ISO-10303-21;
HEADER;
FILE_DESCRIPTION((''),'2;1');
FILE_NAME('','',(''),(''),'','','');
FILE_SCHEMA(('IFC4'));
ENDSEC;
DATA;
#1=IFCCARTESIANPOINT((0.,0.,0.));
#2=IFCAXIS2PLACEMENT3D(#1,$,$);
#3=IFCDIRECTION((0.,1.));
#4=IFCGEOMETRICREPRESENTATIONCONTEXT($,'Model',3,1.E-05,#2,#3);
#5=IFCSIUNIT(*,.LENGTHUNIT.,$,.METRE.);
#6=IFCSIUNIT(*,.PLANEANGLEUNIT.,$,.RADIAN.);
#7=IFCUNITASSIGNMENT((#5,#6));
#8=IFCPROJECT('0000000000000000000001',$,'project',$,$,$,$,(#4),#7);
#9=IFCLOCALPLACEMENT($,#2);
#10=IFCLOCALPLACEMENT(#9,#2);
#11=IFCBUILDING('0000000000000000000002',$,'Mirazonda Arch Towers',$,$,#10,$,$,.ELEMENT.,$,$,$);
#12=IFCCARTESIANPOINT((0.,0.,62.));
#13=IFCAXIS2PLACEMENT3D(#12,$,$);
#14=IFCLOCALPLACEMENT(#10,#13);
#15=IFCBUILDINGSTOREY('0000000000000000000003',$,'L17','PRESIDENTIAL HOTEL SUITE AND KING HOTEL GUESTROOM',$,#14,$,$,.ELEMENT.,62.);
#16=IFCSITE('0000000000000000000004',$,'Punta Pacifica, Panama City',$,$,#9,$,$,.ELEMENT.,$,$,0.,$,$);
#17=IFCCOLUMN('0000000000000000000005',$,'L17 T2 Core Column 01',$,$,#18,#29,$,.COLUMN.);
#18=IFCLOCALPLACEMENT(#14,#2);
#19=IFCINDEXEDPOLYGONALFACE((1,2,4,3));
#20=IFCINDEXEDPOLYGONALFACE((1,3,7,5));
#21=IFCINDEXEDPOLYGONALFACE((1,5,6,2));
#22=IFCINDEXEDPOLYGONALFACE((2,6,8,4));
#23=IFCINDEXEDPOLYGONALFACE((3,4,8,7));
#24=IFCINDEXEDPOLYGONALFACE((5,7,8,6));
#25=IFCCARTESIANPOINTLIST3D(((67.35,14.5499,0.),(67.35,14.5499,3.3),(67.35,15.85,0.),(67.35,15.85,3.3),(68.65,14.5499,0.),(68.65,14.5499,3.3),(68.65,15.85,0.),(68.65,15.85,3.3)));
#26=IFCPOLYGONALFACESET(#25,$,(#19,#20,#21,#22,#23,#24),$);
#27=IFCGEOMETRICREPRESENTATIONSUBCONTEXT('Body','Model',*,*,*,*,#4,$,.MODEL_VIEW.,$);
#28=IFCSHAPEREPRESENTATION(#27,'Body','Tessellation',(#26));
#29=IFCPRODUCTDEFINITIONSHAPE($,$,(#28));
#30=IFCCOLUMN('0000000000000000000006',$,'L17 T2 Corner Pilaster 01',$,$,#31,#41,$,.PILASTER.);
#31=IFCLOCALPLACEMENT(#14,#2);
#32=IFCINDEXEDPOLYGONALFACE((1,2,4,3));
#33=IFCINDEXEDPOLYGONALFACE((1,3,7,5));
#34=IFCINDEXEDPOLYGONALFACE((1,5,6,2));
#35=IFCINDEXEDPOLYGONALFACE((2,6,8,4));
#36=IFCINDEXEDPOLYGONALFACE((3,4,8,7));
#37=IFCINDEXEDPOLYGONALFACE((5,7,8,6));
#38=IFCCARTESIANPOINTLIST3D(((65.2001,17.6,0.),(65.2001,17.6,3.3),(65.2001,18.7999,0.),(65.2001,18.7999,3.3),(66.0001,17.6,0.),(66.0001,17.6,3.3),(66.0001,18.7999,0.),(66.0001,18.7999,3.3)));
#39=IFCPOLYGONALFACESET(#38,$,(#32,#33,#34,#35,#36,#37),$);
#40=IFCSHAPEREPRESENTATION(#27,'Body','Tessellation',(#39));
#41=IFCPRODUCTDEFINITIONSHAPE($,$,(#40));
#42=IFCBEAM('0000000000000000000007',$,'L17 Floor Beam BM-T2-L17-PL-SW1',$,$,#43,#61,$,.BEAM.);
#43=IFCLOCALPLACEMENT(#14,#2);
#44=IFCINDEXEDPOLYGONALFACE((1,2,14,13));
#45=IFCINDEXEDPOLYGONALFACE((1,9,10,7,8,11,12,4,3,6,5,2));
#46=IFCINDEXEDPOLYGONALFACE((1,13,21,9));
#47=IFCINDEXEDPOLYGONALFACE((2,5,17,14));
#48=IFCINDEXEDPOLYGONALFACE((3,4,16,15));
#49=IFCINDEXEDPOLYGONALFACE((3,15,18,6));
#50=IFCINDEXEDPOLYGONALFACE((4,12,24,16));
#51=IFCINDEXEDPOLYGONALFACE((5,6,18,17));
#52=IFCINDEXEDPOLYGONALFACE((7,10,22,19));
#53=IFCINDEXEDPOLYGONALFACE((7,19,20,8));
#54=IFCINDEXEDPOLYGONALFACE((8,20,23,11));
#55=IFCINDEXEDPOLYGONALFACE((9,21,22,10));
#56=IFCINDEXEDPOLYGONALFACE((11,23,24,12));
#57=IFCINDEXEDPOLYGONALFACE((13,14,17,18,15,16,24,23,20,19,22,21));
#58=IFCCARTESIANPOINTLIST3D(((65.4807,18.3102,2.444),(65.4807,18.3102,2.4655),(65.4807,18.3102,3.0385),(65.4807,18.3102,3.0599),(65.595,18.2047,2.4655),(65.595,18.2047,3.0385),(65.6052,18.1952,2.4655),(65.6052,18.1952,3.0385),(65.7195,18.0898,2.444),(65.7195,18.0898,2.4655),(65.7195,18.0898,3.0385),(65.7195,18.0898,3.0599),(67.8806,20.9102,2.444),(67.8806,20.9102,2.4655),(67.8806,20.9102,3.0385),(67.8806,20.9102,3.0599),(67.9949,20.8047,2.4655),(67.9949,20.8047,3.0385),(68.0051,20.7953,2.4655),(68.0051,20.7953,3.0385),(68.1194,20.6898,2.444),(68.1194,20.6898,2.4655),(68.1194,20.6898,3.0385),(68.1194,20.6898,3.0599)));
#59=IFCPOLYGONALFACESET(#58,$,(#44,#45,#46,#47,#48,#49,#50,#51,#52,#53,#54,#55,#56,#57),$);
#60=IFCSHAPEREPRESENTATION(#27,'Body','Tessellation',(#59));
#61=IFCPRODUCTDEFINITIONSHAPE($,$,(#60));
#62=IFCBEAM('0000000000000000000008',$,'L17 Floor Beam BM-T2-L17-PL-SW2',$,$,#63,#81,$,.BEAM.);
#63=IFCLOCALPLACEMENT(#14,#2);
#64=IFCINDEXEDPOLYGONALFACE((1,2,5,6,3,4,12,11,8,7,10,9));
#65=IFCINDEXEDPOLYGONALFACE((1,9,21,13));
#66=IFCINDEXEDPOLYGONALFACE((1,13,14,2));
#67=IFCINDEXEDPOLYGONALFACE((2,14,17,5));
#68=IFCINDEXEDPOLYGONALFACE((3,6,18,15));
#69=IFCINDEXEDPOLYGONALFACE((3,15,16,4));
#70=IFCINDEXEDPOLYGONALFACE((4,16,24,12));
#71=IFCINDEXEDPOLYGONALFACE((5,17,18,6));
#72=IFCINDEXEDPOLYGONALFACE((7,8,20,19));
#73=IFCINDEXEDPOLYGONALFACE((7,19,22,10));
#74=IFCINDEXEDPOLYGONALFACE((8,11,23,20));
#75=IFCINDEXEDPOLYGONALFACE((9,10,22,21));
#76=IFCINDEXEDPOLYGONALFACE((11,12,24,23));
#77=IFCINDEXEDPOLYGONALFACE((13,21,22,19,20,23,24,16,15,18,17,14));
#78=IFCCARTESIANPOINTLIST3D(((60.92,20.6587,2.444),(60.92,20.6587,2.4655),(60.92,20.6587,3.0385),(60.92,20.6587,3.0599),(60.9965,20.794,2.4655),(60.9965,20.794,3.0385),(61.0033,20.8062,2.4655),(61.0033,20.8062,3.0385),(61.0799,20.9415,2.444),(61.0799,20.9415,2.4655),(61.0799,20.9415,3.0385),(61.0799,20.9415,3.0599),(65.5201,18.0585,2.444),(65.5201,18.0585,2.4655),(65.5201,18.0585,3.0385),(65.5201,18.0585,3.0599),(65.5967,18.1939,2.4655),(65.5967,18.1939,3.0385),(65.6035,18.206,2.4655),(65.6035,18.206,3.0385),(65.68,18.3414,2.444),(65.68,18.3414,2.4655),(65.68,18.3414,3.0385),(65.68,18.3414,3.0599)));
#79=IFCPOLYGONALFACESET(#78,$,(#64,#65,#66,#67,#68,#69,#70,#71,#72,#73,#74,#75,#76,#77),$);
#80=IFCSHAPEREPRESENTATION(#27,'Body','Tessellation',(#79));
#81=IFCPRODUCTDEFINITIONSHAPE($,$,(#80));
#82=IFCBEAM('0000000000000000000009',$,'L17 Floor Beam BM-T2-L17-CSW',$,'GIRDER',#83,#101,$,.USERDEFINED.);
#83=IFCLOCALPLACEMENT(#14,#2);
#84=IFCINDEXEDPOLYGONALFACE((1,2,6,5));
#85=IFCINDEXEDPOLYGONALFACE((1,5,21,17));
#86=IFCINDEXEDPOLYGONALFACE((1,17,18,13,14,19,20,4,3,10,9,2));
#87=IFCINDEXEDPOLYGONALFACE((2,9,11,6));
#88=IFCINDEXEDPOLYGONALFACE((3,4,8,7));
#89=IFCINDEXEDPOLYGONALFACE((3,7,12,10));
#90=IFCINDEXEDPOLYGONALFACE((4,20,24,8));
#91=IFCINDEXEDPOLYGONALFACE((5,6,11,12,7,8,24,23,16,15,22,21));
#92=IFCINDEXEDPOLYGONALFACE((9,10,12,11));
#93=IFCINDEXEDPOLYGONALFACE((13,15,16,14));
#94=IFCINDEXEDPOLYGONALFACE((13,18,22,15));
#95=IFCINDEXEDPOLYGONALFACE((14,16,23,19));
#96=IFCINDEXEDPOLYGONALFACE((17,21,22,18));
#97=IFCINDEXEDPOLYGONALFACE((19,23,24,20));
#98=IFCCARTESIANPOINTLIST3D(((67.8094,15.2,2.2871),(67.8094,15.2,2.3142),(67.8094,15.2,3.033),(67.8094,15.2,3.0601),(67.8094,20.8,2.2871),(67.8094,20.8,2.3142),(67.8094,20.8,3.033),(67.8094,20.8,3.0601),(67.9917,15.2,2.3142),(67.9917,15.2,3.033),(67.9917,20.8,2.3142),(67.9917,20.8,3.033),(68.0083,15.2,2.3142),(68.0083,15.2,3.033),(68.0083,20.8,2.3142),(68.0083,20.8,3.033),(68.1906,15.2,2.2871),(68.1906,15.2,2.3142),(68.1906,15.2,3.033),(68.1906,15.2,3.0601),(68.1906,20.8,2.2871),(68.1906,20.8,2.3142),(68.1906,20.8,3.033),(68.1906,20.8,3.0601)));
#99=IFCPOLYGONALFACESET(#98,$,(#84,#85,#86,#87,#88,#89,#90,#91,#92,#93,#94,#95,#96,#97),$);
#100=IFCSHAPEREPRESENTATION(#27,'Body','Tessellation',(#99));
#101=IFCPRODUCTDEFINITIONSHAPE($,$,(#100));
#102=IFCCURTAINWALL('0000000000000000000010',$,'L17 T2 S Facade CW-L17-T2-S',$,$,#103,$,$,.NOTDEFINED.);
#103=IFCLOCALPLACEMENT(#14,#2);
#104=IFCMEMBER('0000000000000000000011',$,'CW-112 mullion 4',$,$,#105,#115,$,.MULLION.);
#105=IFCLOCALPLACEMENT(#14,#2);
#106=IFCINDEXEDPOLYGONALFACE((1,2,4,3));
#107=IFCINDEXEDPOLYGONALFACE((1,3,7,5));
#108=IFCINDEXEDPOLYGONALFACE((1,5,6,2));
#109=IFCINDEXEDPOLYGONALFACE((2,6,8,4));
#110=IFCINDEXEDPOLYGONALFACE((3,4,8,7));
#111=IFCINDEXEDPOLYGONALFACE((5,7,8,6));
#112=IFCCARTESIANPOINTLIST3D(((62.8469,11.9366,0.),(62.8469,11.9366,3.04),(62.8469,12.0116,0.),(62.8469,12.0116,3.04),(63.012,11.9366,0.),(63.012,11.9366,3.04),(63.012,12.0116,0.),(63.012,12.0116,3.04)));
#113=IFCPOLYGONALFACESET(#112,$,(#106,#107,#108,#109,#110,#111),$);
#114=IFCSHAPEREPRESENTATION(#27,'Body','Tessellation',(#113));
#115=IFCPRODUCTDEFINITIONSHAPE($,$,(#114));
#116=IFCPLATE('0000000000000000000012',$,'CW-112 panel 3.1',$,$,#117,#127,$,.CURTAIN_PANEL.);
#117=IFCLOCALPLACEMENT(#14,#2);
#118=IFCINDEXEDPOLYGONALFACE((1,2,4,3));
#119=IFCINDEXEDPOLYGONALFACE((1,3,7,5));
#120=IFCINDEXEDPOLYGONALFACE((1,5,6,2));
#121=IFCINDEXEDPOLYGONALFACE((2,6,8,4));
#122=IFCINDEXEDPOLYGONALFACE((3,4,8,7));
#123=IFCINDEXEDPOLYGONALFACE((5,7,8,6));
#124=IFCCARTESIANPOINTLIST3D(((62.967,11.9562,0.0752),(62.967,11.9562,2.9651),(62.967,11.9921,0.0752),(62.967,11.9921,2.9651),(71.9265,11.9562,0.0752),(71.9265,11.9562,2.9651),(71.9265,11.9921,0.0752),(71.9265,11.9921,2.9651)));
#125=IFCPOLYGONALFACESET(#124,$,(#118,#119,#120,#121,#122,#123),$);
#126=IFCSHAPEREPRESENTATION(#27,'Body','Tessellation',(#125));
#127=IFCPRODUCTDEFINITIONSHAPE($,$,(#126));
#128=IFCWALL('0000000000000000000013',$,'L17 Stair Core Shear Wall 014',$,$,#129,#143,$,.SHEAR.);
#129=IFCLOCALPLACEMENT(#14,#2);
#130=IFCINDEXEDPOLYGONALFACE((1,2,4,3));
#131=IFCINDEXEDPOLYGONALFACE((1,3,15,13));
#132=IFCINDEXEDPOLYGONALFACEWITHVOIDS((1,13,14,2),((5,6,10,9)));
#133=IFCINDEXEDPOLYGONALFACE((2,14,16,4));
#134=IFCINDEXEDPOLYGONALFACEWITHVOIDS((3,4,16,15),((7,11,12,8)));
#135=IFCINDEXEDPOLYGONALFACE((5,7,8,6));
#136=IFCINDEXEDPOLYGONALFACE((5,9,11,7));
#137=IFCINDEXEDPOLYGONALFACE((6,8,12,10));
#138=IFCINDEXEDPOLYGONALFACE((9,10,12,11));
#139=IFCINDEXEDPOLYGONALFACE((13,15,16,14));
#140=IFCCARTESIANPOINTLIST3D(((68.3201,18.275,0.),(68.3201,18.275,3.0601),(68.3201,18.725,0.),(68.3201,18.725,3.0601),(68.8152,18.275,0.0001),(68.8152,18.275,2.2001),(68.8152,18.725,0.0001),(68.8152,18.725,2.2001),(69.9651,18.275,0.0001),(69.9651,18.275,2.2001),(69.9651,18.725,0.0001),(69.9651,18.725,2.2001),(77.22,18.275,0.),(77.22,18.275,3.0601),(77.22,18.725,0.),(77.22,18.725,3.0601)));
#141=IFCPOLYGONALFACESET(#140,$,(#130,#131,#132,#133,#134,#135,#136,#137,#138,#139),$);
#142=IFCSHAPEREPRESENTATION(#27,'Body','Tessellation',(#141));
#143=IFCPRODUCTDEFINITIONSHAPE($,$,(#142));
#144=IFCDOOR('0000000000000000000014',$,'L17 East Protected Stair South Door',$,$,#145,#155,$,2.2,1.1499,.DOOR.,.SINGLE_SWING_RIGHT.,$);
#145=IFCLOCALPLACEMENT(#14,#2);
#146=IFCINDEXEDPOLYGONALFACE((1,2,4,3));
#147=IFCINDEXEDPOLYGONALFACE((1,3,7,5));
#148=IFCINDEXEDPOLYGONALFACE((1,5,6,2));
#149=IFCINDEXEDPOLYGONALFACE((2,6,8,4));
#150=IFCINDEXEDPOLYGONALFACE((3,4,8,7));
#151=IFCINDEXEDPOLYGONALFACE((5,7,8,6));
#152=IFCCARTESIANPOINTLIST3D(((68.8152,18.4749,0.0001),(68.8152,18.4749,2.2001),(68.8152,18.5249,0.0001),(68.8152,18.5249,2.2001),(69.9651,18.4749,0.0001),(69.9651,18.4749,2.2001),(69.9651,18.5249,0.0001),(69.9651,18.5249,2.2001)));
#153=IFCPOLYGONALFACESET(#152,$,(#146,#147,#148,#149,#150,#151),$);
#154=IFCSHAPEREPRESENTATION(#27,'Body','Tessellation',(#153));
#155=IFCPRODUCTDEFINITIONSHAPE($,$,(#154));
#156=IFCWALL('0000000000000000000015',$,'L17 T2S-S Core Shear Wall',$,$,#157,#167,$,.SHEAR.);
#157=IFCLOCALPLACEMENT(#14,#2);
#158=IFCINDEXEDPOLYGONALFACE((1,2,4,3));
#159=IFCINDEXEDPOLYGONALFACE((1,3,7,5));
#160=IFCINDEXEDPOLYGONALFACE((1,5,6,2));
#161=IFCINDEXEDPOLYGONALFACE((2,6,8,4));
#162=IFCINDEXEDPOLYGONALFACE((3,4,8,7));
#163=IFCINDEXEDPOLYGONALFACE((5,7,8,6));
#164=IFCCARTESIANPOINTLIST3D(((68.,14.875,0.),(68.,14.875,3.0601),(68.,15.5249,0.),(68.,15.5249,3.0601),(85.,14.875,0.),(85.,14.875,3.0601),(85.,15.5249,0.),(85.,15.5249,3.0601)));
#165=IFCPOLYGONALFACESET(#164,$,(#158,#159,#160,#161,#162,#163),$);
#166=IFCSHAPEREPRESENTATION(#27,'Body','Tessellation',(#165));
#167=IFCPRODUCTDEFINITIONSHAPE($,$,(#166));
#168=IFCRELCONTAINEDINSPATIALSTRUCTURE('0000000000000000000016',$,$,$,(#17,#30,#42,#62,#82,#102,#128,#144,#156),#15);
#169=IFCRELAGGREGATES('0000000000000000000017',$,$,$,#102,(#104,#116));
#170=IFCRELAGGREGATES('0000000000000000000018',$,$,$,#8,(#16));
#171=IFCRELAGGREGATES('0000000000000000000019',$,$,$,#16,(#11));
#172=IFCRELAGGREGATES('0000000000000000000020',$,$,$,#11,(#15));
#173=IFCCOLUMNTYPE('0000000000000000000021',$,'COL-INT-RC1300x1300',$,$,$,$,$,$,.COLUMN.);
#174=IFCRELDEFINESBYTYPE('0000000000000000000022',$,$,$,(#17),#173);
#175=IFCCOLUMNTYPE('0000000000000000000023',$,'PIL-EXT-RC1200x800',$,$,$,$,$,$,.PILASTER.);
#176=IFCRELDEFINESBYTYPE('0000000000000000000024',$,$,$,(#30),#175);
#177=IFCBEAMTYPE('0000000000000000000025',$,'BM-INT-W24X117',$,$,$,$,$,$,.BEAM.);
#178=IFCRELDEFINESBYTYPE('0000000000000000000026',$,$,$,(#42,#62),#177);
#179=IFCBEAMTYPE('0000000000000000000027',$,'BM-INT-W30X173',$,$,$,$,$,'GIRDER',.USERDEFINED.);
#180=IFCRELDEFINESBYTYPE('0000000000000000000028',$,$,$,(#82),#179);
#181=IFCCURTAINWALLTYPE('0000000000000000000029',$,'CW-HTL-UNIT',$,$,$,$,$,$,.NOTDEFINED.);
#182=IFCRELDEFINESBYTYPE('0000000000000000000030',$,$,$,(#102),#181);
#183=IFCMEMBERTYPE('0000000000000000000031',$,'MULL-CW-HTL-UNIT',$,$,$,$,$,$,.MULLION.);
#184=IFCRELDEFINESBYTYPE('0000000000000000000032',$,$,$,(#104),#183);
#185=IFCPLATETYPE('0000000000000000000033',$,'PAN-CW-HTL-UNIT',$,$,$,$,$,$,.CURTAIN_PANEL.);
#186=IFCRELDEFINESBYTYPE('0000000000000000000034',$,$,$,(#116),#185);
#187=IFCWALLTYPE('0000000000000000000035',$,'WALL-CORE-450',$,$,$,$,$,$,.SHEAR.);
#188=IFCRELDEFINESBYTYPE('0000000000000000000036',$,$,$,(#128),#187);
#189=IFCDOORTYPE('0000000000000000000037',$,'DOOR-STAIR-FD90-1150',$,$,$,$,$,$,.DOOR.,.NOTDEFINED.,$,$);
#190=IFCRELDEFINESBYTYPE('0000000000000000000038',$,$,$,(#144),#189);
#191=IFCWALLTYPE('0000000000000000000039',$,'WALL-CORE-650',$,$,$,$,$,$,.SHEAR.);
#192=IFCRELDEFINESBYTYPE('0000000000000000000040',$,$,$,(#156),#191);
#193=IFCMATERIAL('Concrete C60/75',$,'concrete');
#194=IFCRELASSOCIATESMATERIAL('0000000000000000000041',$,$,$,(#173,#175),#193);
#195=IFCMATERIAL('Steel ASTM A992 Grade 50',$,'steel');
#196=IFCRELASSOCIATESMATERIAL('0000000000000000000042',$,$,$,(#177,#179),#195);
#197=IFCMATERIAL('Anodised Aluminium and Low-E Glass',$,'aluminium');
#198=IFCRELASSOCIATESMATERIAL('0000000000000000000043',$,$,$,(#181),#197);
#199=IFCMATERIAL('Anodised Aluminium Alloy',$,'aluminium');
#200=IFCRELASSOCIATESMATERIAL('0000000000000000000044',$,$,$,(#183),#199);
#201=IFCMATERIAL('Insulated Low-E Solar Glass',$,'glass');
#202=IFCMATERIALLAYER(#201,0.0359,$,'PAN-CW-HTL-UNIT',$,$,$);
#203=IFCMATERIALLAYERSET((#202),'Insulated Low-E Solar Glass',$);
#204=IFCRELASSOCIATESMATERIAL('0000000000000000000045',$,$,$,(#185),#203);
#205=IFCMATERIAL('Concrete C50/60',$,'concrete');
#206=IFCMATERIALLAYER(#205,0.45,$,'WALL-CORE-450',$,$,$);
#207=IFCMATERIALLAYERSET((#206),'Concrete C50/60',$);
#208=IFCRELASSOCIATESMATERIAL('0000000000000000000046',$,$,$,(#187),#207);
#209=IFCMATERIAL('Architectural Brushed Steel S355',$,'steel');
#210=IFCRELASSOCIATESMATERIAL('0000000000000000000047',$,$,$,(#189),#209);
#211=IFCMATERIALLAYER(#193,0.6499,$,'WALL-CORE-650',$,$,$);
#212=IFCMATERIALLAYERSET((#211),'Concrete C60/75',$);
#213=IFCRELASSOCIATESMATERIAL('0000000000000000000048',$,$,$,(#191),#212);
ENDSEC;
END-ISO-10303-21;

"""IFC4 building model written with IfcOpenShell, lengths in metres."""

from ifc_helpers import new_model, si_unit, direction, frame, frame_2d, origin, origin_2d, place, context, subcontext, project, spatial, rectangle, i_section, extrude, material, layer, layer_set, material_profile, profile_set, type_object, element, fill, aggregate, save


model = new_model("IFC4")

# Units and contexts
model_context = context("Model", 3, precision=1e-05, world=origin(), true_north=direction((0.0, 1.0)))
body_context = subcontext(model_context, "Body", "Model", "MODEL_VIEW")
ifc_project = project(units=[si_unit("LENGTHUNIT", "METRE"), si_unit("PLANEANGLEUNIT", "RADIAN")], contexts=[model_context])

# Site, building, storey
site_placement = place(None, origin())
site = spatial("IfcSite", under=ifc_project, at=site_placement, Name="Punta Pacifica, Panama City", CompositionType="ELEMENT", RefElevation=0.0)
building_placement = place(site_placement, origin())
building = spatial("IfcBuilding", under=site, at=building_placement, Name="Mirazonda Arch Towers", CompositionType="ELEMENT")
storey_placement = place(building_placement, frame((0.0, 0.0, 62.0)))
storey = spatial("IfcBuildingStorey", under=building, at=storey_placement, Name="L17", Description="PRESIDENTIAL HOTEL SUITE AND KING HOTEL GUESTROOM", CompositionType="ELEMENT", Elevation=62.0)

# Columns
ifc_material_1 = material(Name="Concrete C60/75", Category="concrete")
ifc_material_profile_1 = material_profile(ifc_material_1, rectangle(XDim=1.3, YDim=1.3, at=origin_2d()), Name="RC1300x1300")
ifc_profile_set_1 = profile_set([ifc_material_profile_1], Name="Concrete C60/75")
column_type_1 = type_object("IfcColumnType", Name="COL-INT-RC1300x1300", PredefinedType="COLUMN", material=ifc_profile_set_1)
column_1_placement = place(storey_placement, frame((68.0, 15.2, 0.0), z_axis=(0.0, 0.0, 1.0), x_axis=(1.0, 0.0, 0.0)))
element("IfcColumn", 1, at=column_1_placement, inside=storey, type_object=column_type_1, Name="L17 T2 Core Column 01", PredefinedType="COLUMN", context=body_context, shape_type="SweptSolid", body=[
    extrude(rectangle(XDim=1.3, YDim=1.3, at=origin_2d()), origin(), (0.0, 0.0, 1.0), 3.3),
])
ifc_material_profile_2 = material_profile(ifc_material_1, rectangle(XDim=0.8, YDim=1.2, at=origin_2d()), Name="RC1200x800")
ifc_profile_set_2 = profile_set([ifc_material_profile_2], Name="Concrete C60/75")
column_type_2 = type_object("IfcColumnType", Name="PIL-EXT-RC1200x800", PredefinedType="PILASTER", material=ifc_profile_set_2)
column_2_placement = place(storey_placement, frame((65.6001, 18.2, 0.0), z_axis=(0.0, 0.0, 1.0), x_axis=(1.0, 0.0, 0.0)))
element("IfcColumn", 2, at=column_2_placement, inside=storey, type_object=column_type_2, Name="L17 T2 Corner Pilaster 01", PredefinedType="PILASTER", context=body_context, shape_type="SweptSolid", body=[
    extrude(rectangle(XDim=0.8, YDim=1.2, at=origin_2d()), origin(), (0.0, 0.0, 1.0), 3.3),
])

# Beams
ifc_material_2 = material(Name="Steel ASTM A992 Grade 50", Category="steel")
ifc_material_profile_3 = material_profile(ifc_material_2, i_section(OverallWidth=0.325, OverallDepth=0.616, WebThickness=0.0139, FlangeThickness=0.0215, at=origin_2d()), Name="W24X117")
ifc_profile_set_3 = profile_set([ifc_material_profile_3], Name="Steel ASTM A992 Grade 50")
beam_type_1 = type_object("IfcBeamType", Name="BM-INT-W24X117", PredefinedType="BEAM", material=ifc_profile_set_3)
beam_1_placement = place(storey_placement, frame((65.6001, 18.2, 2.752), z_axis=(0.678251, 0.73483, 0.0), x_axis=(-0.73483, 0.678251, 0.0)))
element("IfcBeam", 3, at=beam_1_placement, inside=storey, type_object=beam_type_1, Name="L17 Floor Beam BM-T2-L17-PL-SW1", PredefinedType="BEAM", context=body_context, shape_type="SweptSolid", body=[
    extrude(i_section(OverallWidth=0.325, OverallDepth=0.616, WebThickness=0.0139, FlangeThickness=0.0215, at=origin_2d()), origin(), (0.0, 0.0, 1.0), 3.5383),
])
beam_2_placement = place(storey_placement, frame((65.6001, 18.2, 2.752), z_axis=(-0.870559, 0.492063, 0.0), x_axis=(-0.492063, -0.870559, 0.0)))
element("IfcBeam", 4, at=beam_2_placement, inside=storey, type_object=beam_type_1, Name="L17 Floor Beam BM-T2-L17-PL-SW2", PredefinedType="BEAM", context=body_context, shape_type="SweptSolid", body=[
    extrude(i_section(OverallWidth=0.325, OverallDepth=0.616, WebThickness=0.0139, FlangeThickness=0.0215, at=origin_2d()), origin(), (0.0, 0.0, 1.0), 5.2842),
])
ifc_material_profile_4 = material_profile(ifc_material_2, i_section(OverallWidth=0.3811, OverallDepth=0.7729, WebThickness=0.0166, FlangeThickness=0.0271, at=origin_2d()), Name="W30X173")
ifc_profile_set_4 = profile_set([ifc_material_profile_4], Name="Steel ASTM A992 Grade 50")
beam_type_2 = type_object("IfcBeamType", Name="BM-INT-W30X173", ElementType="GIRDER", PredefinedType="USERDEFINED", material=ifc_profile_set_4)
beam_3_placement = place(storey_placement, frame((68.0, 15.2, 2.6736), z_axis=(0.0, 1.0, 0.0), x_axis=(-1.0, 0.0, 0.0)))
element("IfcBeam", 5, at=beam_3_placement, inside=storey, type_object=beam_type_2, Name="L17 Floor Beam BM-T2-L17-CSW", ObjectType="GIRDER", PredefinedType="USERDEFINED", context=body_context, shape_type="SweptSolid", body=[
    extrude(i_section(OverallWidth=0.3811, OverallDepth=0.7729, WebThickness=0.0166, FlangeThickness=0.0271, at=origin_2d()), origin(), (0.0, 0.0, 1.0), 5.6001),
])

# Curtain wall, member, plate
ifc_material_3 = material(Name="Anodised Aluminium and Low-E Glass", Category="aluminium")
curtain_wall_type = type_object("IfcCurtainWallType", Name="CW-HTL-UNIT", PredefinedType="NOTDEFINED", material=ifc_material_3)
curtain_wall_placement = place(storey_placement, origin())
curtain_wall = element("IfcCurtainWall", 6, at=curtain_wall_placement, inside=storey, type_object=curtain_wall_type, Name="L17 T2 S Facade CW-L17-T2-S", PredefinedType="NOTDEFINED")
ifc_material_4 = material(Name="Anodised Aluminium Alloy", Category="aluminium")
ifc_material_profile_5 = material_profile(ifc_material_4, rectangle(XDim=0.075, YDim=0.165, at=origin_2d()), Name="ALU-MULL-75x165")
ifc_profile_set_5 = profile_set([ifc_material_profile_5], Name="Anodised Aluminium Alloy")
member_type = type_object("IfcMemberType", Name="MULL-CW-HTL-UNIT", PredefinedType="MULLION", material=ifc_profile_set_5)
member_placement = place(storey_placement, frame((62.9294, 11.9741, 0.0), z_axis=(0.0, 0.0, 1.0), x_axis=(0.0, -1.0, 0.0)))
member = element("IfcMember", 7, at=member_placement, type_object=member_type, Name="CW-112 mullion 4", PredefinedType="MULLION", context=body_context, shape_type="SweptSolid", body=[
    extrude(rectangle(XDim=0.075, YDim=0.165, at=origin_2d()), origin(), (0.0, 0.0, 1.0), 3.04),
])
ifc_material_5 = material(Name="Insulated Low-E Solar Glass", Category="glass")
ifc_layer_1 = layer(ifc_material_5, 0.0359, Name="PAN-CW-HTL-UNIT")
ifc_layer_set_1 = layer_set([ifc_layer_1], Name="Insulated Low-E Solar Glass")
plate_type = type_object("IfcPlateType", Name="PAN-CW-HTL-UNIT", PredefinedType="CURTAIN_PANEL", material=ifc_layer_set_1)
plate_placement = place(storey_placement, frame((67.4468, 11.9741, 0.0752), z_axis=(0.0, 0.0, 1.0), x_axis=(-1.0, 0.0, 0.0)))
plate = element("IfcPlate", 8, at=plate_placement, type_object=plate_type, Name="CW-112 panel 3.1", PredefinedType="CURTAIN_PANEL", context=body_context, shape_type="SweptSolid", body=[
    extrude(rectangle(XDim=8.9595, YDim=0.0359, at=origin_2d()), origin(), (0.0, 0.0, 1.0), 2.8899),
])
aggregate(curtain_wall, [member, plate])

# Wall, opening, door
ifc_material_6 = material(Name="Concrete C50/60", Category="concrete")
ifc_layer_2 = layer(ifc_material_6, 0.45, Name="WALL-CORE-450")
ifc_layer_set_2 = layer_set([ifc_layer_2], Name="Concrete C50/60")
wall_type_1 = type_object("IfcWallType", Name="WALL-CORE-450", PredefinedType="SHEAR", material=ifc_layer_set_2)
wall_1_placement = place(storey_placement, frame((68.3201, 18.5, 0.0), z_axis=(0.0, 0.0, 1.0), x_axis=(1.0, 0.0, 0.0)))
wall_1 = element("IfcWall", 9, at=wall_1_placement, inside=storey, type_object=wall_type_1, Name="L17 Stair Core Shear Wall 014", PredefinedType="SHEAR", context=body_context, shape_type="SweptSolid", body=[
    extrude(rectangle(XDim=8.8999, YDim=0.45, at=frame_2d((4.45, 0.0))), origin(), (0.0, 0.0, 1.0), 3.0601),
])
opening_placement = place(wall_1_placement, frame((0.4951, 0.0, 0.0)))
opening = element("IfcOpeningElement", 10, at=opening_placement, cuts=wall_1, PredefinedType="OPENING", context=body_context, shape_type="SweptSolid", body=[
    extrude(rectangle(XDim=1.1499, YDim=2.2, at=frame_2d((0.575, 1.1001))), frame((0.0, 0.2349, 0.0), z_axis=(0.0, -1.0, 0.0), x_axis=(1.0, 0.0, 0.0)), (0.0, 0.0, 1.0), 0.47),
])
ifc_material_7 = material(Name="Architectural Brushed Steel S355", Category="steel")
door_type = type_object("IfcDoorType", Name="DOOR-STAIR-FD90-1150", OperationType="NOTDEFINED", PredefinedType="DOOR", material=ifc_material_7)
door_placement = place(opening_placement, origin())
door = element("IfcDoor", 11, at=door_placement, inside=storey, type_object=door_type, Name="L17 East Protected Stair South Door", OperationType="SINGLE_SWING_RIGHT", OverallHeight=2.2, OverallWidth=1.1499, PredefinedType="DOOR", context=body_context, shape_type="SweptSolid", body=[
    extrude(rectangle(XDim=1.1499, YDim=2.2, at=frame_2d((0.575, 1.1001))), frame((0.0, 0.0249, 0.0), z_axis=(0.0, -1.0, 0.0), x_axis=(1.0, 0.0, 0.0)), (0.0, 0.0, 1.0), 0.05),
])
fill(opening, door)

# Wall
ifc_layer_3 = layer(ifc_material_1, 0.6499, Name="WALL-CORE-650")
ifc_layer_set_3 = layer_set([ifc_layer_3], Name="Concrete C60/75")
wall_type_2 = type_object("IfcWallType", Name="WALL-CORE-650", PredefinedType="SHEAR", material=ifc_layer_set_3)
wall_2_placement = place(storey_placement, frame((68.0, 15.2, 0.0), z_axis=(0.0, 0.0, 1.0), x_axis=(1.0, 0.0, 0.0)))
element("IfcWall", 12, at=wall_2_placement, inside=storey, type_object=wall_type_2, Name="L17 T2S-S Core Shear Wall", PredefinedType="SHEAR", context=body_context, shape_type="SweptSolid", body=[
    extrude(rectangle(XDim=17.0, YDim=0.6499, at=frame_2d((8.5, 0.0))), origin(), (0.0, 0.0, 1.0), 3.0601),
])

save(model, "model.ifc")
